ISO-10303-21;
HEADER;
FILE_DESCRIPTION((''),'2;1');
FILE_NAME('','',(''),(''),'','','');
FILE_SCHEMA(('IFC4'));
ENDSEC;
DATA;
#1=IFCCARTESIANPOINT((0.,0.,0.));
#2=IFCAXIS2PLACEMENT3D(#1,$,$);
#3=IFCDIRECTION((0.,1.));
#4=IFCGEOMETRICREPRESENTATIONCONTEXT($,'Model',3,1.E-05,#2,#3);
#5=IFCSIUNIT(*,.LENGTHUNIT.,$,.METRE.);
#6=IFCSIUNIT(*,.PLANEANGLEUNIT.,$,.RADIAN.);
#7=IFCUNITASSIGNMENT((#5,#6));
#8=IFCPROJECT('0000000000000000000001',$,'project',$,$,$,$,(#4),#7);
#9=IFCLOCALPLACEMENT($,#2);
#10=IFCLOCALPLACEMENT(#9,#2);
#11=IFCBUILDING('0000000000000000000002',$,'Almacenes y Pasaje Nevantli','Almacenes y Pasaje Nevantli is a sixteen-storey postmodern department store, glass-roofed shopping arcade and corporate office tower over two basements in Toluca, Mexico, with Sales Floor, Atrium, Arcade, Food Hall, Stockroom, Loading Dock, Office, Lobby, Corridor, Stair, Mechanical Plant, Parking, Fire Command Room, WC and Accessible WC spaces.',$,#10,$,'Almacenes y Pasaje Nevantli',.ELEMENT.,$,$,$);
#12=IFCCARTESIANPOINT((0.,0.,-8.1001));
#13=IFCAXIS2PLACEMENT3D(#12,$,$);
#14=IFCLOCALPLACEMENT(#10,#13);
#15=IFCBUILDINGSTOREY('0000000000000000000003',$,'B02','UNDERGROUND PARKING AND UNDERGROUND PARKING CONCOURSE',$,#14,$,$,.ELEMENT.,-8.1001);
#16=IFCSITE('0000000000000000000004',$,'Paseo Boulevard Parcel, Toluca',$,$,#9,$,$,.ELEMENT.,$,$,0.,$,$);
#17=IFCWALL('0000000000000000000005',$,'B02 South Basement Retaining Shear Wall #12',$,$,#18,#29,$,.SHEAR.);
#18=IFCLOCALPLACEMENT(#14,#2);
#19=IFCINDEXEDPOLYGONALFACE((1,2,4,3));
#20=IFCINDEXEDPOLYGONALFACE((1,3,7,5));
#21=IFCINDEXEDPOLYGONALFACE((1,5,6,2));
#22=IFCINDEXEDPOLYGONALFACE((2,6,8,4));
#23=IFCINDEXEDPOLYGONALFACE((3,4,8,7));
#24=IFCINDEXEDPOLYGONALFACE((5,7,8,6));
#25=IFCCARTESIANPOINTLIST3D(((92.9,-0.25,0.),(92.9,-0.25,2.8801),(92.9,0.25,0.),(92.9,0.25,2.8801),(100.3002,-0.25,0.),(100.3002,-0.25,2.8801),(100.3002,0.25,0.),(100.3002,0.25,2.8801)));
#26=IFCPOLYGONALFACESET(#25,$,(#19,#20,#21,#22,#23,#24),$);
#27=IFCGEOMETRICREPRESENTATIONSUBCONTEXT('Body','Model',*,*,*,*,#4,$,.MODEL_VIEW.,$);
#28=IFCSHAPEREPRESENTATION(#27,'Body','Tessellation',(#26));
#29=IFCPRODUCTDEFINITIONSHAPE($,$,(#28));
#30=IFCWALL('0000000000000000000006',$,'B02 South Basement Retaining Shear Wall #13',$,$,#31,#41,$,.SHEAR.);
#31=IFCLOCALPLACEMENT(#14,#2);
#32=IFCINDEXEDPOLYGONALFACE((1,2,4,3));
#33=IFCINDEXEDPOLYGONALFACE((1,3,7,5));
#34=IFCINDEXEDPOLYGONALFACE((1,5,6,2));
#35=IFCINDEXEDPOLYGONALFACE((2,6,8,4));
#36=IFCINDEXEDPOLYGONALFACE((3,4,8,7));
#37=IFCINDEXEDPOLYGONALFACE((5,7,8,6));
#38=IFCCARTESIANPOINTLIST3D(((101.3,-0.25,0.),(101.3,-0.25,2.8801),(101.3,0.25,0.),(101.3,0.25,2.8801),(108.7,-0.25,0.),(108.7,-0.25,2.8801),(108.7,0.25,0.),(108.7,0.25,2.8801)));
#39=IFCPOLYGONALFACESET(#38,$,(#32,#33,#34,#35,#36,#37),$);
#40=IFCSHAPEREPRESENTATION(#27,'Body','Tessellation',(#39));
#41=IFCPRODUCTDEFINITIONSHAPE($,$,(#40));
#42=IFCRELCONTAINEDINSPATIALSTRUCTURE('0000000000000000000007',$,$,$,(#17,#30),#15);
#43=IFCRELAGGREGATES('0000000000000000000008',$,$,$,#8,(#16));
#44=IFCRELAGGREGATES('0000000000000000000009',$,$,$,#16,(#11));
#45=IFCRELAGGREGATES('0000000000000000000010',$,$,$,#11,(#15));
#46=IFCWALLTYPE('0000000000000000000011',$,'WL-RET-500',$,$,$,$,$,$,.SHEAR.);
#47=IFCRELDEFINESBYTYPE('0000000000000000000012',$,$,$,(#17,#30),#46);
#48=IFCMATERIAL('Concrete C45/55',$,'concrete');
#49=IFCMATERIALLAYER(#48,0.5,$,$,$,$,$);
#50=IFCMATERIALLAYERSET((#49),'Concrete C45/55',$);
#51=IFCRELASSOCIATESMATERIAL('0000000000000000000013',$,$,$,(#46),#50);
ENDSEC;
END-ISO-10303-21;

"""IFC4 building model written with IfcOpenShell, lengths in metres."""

from ifc_helpers import new_model, si_unit, direction, frame, frame_2d, origin, place, context, subcontext, project, spatial, rectangle, extrude, material, layer, layer_set, type_object, element, save


model = new_model("IFC4")

# Units and contexts
model_context = context("Model", 3, precision=1e-05, world=origin(), true_north=direction((0.0, 1.0)))
body_context = subcontext(model_context, "Body", "Model", "MODEL_VIEW")
ifc_project = project(units=[si_unit("LENGTHUNIT", "METRE"), si_unit("PLANEANGLEUNIT", "RADIAN")], contexts=[model_context])

# Site, building, storey
site_placement = place(None, origin())
site = spatial("IfcSite", under=ifc_project, at=site_placement, Name="Paseo Boulevard Parcel, Toluca", CompositionType="ELEMENT", RefElevation=0.0)
building_placement = place(site_placement, origin())
building = spatial("IfcBuilding", under=site, at=building_placement, Name="Almacenes y Pasaje Nevantli", Description="Almacenes y Pasaje Nevantli is a sixteen-storey postmodern department store, glass-roofed shopping arcade and corporate office tower over two basements in Toluca, Mexico, with Sales Floor, Atrium, Arcade, Food Hall, Stockroom, Loading Dock, Office, Lobby, Corridor, Stair, Mechanical Plant, Parking, Fire Command Room, WC and Accessible WC spaces.", LongName="Almacenes y Pasaje Nevantli", CompositionType="ELEMENT")
storey_placement = place(building_placement, frame((0.0, 0.0, -8.1001)))
storey = spatial("IfcBuildingStorey", under=building, at=storey_placement, Name="B02", Description="UNDERGROUND PARKING AND UNDERGROUND PARKING CONCOURSE", CompositionType="ELEMENT", Elevation=-8.1001)

# Walls
ifc_material_1 = material(Name="Concrete C45/55", Category="concrete")
ifc_layer_1 = layer(ifc_material_1, 0.5)
ifc_layer_set_1 = layer_set([ifc_layer_1], Name="Concrete C45/55")
wall_type = type_object("IfcWallType", Name="WL-RET-500", PredefinedType="SHEAR", material=ifc_layer_set_1)
wall_1_placement = place(storey_placement, frame((92.8999, 0.0, 0.0), z_axis=(0.0, 0.0, 1.0), x_axis=(1.0, 0.0, 0.0)))
element("IfcWall", 1, at=wall_1_placement, inside=storey, type_object=wall_type, Name="B02 South Basement Retaining Shear Wall #12", PredefinedType="SHEAR", context=body_context, shape_type="SweptSolid", body=[
    extrude(rectangle(XDim=7.4001, YDim=0.5, at=frame_2d((3.7002, 0.0))), origin(), (0.0, 0.0, 1.0), 2.8801),
])
wall_2_placement = place(storey_placement, frame((101.3, 0.0, 0.0), z_axis=(0.0, 0.0, 1.0), x_axis=(1.0, 0.0, 0.0)))
element("IfcWall", 2, at=wall_2_placement, inside=storey, type_object=wall_type, Name="B02 South Basement Retaining Shear Wall #13", PredefinedType="SHEAR", context=body_context, shape_type="SweptSolid", body=[
    extrude(rectangle(XDim=7.3999, YDim=0.5, at=frame_2d((3.7, 0.0))), origin(), (0.0, 0.0, 1.0), 2.8801),
])

save(model, "model.ifc")
